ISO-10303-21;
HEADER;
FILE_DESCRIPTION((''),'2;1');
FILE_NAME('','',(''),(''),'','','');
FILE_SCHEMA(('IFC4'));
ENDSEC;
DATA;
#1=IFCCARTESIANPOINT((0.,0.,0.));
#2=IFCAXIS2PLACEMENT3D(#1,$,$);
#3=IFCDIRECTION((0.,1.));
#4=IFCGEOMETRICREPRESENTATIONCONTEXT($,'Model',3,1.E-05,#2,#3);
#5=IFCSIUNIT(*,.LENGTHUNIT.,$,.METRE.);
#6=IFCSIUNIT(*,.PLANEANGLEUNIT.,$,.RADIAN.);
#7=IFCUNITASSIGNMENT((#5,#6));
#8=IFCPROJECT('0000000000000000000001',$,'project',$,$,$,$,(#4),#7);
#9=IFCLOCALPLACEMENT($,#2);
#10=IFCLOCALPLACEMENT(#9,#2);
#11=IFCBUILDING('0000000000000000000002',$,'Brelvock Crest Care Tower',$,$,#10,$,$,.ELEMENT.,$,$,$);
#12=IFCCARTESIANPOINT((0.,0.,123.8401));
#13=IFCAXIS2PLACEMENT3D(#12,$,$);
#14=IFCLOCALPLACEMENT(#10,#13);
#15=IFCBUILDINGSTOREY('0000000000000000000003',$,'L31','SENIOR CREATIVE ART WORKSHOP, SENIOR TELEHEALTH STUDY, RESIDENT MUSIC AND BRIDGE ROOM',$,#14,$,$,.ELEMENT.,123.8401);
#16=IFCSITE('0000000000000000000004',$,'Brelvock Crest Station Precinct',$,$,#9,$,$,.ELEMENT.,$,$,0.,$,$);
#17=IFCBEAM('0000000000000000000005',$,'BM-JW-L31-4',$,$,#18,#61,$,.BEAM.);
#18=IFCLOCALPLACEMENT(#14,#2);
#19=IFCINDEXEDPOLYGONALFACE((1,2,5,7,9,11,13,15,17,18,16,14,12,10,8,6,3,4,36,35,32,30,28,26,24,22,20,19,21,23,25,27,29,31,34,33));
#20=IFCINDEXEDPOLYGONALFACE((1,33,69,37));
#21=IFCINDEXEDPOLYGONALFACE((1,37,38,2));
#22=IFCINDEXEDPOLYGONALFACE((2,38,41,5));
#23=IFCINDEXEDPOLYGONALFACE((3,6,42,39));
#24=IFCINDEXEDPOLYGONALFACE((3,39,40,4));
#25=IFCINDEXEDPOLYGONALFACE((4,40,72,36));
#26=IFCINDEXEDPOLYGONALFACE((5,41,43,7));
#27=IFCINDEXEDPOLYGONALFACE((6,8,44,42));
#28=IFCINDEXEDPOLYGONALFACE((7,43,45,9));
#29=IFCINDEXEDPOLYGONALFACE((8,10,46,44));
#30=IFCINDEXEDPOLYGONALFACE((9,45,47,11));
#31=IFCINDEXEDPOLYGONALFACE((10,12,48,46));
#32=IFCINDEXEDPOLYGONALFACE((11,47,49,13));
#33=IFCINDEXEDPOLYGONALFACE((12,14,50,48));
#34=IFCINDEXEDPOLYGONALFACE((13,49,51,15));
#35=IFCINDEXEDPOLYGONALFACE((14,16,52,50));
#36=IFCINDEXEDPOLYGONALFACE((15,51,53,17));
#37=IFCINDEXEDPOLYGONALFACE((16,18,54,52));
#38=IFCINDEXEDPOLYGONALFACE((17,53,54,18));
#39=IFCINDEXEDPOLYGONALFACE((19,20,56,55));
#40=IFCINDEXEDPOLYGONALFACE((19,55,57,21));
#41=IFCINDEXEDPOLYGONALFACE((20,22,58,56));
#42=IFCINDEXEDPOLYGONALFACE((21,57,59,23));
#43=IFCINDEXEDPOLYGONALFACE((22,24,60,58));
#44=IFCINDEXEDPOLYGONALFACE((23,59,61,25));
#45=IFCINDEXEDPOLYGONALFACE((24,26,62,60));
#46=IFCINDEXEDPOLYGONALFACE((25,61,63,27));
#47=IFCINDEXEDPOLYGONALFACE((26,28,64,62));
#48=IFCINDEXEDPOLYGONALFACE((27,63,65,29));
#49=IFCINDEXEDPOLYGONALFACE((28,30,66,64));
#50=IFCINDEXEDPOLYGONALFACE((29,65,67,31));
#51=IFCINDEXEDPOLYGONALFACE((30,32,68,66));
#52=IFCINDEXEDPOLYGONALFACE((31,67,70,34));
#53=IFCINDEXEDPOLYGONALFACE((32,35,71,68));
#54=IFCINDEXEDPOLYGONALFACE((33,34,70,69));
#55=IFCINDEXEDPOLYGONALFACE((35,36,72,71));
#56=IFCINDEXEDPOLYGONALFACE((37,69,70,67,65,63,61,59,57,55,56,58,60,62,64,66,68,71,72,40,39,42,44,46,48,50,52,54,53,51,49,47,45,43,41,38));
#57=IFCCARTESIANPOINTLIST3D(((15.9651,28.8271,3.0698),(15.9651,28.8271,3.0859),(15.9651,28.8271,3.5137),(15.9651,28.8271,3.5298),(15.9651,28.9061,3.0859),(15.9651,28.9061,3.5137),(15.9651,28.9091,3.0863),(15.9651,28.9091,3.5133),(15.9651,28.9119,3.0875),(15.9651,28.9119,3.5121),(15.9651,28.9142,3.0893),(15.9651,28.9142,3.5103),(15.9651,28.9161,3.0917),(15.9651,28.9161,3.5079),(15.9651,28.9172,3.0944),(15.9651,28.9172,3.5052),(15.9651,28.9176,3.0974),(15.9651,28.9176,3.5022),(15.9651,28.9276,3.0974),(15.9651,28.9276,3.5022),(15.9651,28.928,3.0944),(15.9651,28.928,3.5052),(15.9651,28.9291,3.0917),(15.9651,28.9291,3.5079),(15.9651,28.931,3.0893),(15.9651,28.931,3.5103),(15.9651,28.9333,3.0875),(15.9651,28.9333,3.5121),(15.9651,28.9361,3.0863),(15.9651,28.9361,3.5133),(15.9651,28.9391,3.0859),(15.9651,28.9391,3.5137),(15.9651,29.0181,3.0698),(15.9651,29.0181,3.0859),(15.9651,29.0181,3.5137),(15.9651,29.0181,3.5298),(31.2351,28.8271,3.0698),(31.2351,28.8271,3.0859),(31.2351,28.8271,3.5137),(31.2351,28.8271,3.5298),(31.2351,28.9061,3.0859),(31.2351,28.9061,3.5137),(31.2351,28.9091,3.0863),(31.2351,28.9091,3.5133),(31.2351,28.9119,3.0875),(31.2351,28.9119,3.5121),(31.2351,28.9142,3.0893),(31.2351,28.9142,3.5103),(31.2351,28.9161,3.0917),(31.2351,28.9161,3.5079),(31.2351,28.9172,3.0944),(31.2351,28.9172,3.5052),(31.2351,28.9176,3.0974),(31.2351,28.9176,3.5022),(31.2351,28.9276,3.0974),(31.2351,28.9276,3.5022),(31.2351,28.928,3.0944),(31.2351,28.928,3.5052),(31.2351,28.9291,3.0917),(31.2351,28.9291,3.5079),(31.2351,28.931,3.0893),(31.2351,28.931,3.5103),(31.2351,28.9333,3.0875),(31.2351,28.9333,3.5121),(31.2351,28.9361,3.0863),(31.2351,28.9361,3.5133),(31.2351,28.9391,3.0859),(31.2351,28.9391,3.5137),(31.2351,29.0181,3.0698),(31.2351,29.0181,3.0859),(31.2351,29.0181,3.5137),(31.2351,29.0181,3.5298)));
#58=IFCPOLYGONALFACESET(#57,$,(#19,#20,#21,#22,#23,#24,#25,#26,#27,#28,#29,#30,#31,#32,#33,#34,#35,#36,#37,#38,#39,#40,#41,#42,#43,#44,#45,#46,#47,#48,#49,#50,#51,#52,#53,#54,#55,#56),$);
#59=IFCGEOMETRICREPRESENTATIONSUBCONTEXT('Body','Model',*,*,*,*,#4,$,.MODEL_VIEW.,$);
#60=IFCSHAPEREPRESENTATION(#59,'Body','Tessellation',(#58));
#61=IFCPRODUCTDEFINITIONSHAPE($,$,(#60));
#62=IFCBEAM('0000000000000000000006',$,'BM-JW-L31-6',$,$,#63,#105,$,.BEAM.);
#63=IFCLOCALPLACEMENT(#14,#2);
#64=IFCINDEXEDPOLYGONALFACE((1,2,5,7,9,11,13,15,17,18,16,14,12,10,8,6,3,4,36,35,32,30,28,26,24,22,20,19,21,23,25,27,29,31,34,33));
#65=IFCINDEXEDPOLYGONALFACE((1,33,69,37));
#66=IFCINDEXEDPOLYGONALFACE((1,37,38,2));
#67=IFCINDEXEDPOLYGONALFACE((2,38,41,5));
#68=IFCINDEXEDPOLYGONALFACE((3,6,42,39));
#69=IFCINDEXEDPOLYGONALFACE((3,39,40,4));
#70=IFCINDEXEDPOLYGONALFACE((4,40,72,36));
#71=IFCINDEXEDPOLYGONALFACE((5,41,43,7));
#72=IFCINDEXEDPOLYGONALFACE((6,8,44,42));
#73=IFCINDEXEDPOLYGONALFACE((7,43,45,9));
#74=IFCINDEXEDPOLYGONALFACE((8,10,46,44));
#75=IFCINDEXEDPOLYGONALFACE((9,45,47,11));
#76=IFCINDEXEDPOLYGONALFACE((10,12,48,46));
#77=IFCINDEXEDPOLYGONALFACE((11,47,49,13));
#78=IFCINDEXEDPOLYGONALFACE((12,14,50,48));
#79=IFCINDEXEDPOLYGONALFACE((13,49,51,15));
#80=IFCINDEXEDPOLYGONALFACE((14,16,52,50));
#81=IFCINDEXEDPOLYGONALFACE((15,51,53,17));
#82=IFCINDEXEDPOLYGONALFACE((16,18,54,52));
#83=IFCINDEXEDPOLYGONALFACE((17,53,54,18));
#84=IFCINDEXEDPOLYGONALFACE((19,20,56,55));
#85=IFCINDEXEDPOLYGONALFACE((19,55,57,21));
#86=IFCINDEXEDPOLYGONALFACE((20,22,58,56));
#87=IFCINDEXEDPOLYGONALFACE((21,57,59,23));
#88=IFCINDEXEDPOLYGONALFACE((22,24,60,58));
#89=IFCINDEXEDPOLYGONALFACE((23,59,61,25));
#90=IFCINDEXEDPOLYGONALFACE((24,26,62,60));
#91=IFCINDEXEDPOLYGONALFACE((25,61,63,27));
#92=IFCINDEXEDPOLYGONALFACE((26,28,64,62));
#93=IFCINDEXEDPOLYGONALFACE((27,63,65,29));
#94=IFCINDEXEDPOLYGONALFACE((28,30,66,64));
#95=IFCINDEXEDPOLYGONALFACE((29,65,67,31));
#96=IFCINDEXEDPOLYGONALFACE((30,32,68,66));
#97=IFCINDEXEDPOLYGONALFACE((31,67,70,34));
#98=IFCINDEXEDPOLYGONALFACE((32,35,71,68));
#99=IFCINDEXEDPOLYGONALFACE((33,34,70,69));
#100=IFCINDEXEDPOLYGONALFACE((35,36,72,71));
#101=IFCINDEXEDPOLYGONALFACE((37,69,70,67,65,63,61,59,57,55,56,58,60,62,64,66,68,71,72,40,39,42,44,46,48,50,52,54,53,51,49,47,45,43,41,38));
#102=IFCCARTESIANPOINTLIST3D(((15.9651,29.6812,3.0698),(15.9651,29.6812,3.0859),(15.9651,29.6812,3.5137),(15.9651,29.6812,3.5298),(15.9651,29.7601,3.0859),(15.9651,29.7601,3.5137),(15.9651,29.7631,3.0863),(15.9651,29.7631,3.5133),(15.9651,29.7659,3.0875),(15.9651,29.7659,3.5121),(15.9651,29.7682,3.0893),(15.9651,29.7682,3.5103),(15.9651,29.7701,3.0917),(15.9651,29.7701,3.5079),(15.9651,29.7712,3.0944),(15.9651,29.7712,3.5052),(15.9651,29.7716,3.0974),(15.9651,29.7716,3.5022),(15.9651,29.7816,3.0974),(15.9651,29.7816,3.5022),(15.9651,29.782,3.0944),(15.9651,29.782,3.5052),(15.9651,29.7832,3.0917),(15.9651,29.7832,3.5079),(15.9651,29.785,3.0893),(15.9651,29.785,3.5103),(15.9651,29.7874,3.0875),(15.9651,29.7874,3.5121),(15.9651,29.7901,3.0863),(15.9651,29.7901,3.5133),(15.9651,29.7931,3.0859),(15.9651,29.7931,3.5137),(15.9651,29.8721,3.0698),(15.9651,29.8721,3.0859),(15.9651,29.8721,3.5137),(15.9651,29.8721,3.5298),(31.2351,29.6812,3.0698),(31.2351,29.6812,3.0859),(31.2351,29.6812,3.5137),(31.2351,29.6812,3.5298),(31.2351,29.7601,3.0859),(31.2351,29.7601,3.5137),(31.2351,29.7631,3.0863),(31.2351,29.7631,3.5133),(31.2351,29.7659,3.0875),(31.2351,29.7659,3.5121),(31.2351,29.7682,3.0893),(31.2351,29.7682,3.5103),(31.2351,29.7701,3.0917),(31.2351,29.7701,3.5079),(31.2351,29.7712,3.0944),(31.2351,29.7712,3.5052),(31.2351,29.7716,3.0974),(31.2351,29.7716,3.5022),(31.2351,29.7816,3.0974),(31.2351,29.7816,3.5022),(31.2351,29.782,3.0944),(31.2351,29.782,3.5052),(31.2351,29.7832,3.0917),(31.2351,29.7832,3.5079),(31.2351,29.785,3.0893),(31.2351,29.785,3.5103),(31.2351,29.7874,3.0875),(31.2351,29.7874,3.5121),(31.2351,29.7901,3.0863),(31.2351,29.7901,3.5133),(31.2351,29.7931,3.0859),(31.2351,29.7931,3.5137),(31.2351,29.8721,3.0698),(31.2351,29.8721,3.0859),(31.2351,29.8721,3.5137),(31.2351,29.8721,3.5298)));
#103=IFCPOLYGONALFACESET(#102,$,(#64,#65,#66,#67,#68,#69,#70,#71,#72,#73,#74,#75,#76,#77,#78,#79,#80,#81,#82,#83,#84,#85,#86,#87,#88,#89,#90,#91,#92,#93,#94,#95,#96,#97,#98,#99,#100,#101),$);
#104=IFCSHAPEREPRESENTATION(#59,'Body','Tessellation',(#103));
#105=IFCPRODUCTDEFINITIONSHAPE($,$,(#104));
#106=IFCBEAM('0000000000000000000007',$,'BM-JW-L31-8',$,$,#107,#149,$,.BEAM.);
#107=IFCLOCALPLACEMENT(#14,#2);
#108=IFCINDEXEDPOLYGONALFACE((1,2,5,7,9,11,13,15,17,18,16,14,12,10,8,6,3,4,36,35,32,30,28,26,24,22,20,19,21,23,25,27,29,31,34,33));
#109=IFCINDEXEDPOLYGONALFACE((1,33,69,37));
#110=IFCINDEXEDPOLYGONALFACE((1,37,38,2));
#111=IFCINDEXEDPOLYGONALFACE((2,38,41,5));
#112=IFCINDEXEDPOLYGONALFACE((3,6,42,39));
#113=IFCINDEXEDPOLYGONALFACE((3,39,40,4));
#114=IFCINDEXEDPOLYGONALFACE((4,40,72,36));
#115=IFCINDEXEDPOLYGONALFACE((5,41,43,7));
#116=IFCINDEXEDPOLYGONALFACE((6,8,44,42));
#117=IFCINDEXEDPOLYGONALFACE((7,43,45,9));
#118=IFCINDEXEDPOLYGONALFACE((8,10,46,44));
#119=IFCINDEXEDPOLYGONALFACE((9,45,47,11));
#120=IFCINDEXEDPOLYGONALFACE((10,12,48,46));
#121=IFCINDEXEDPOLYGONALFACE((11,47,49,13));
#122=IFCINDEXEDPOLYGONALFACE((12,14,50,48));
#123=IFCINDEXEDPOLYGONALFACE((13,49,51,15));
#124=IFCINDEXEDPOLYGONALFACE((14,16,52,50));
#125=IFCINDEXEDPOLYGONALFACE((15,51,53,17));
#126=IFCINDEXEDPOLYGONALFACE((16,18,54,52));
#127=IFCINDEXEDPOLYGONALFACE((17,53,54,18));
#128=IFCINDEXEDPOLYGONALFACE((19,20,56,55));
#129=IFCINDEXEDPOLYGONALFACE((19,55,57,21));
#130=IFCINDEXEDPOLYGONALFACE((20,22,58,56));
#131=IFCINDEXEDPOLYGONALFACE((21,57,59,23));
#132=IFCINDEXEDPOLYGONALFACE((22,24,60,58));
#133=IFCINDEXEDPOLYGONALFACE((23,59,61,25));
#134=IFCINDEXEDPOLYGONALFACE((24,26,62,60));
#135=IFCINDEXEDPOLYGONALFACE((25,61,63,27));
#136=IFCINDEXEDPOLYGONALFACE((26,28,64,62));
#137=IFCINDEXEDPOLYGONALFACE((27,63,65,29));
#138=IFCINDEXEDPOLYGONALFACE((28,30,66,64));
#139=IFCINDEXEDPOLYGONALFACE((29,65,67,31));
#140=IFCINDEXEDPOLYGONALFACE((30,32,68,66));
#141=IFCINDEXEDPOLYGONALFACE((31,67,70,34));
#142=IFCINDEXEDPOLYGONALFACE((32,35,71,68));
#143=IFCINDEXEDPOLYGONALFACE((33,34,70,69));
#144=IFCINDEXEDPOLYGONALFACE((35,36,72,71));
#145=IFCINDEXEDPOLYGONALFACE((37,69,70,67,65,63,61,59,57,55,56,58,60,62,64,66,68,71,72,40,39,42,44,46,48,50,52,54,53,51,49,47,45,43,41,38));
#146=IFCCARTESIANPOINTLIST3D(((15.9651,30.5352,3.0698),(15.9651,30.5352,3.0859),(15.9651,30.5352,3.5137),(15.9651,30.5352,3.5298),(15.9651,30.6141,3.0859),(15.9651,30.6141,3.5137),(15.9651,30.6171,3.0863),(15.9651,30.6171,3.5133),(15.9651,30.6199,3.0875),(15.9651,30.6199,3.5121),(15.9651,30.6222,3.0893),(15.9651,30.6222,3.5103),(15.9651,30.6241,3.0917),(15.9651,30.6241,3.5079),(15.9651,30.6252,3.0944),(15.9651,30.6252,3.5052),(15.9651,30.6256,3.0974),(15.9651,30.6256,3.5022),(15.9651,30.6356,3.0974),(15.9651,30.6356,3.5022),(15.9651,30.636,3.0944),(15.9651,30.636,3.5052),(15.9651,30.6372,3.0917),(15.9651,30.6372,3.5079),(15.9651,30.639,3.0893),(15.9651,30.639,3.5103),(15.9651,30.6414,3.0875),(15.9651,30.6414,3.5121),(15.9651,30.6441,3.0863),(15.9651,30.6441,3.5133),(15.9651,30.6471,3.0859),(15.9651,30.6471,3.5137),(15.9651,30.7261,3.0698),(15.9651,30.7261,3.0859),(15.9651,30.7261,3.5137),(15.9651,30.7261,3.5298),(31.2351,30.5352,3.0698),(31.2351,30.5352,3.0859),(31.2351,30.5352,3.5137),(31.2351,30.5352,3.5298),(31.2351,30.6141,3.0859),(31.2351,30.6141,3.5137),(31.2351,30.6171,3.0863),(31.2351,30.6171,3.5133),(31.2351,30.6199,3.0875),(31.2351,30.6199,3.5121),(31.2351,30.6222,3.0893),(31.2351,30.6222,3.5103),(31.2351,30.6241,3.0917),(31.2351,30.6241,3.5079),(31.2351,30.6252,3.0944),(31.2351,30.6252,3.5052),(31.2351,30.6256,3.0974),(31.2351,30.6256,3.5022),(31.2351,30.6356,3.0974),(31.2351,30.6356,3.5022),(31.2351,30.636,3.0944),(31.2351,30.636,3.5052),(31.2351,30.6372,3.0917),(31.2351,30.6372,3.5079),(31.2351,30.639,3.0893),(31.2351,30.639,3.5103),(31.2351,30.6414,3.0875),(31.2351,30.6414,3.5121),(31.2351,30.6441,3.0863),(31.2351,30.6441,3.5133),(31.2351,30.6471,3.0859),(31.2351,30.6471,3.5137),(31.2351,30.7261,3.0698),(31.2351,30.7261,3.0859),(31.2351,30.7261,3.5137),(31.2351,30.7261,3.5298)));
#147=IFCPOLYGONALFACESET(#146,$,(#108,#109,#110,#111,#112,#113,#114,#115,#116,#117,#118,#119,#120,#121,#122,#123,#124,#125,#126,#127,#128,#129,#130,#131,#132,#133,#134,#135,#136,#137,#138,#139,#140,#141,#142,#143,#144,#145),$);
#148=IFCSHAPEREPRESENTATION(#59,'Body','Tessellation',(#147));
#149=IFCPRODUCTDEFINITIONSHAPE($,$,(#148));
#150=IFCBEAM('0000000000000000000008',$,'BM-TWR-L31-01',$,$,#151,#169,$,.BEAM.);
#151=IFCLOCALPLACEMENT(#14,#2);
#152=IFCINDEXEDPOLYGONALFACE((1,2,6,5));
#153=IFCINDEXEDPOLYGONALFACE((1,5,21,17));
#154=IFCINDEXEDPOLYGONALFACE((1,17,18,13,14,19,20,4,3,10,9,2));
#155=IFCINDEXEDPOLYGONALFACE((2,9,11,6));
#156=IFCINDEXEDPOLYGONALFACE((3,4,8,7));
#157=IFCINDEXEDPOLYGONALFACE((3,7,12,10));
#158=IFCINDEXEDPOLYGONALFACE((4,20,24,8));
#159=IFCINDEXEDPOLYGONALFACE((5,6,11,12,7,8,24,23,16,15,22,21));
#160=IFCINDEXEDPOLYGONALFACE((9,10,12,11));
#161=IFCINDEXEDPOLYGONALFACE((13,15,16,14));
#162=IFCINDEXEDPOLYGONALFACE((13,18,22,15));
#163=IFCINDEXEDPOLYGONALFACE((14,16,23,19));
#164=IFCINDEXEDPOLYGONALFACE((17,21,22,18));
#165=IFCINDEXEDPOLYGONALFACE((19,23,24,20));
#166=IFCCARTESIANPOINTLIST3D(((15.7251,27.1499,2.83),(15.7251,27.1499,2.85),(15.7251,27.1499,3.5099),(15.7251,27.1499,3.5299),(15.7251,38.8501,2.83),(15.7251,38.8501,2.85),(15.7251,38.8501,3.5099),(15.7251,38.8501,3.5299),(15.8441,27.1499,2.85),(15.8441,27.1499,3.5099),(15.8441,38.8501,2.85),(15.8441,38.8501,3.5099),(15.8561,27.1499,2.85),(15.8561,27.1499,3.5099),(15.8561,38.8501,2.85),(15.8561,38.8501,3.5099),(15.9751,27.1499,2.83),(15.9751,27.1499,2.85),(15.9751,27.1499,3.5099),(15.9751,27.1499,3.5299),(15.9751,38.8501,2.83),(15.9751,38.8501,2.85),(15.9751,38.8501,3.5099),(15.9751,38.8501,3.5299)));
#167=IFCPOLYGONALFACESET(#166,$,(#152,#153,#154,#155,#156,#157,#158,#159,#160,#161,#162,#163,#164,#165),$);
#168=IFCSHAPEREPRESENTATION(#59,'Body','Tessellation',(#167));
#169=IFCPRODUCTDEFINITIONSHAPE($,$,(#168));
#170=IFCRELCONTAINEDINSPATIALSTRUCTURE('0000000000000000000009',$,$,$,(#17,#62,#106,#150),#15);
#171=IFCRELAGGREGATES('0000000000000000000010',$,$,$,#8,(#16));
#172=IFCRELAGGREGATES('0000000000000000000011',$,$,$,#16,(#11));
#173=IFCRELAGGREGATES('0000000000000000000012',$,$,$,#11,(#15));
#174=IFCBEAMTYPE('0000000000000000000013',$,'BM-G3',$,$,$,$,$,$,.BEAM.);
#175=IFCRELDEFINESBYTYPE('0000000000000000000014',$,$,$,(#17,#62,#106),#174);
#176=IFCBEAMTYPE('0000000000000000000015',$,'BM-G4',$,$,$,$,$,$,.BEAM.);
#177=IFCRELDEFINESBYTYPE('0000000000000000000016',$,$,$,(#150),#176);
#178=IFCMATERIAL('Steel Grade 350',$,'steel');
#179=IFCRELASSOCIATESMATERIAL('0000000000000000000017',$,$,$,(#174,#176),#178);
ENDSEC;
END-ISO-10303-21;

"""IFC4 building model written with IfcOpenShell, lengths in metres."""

from ifc_helpers import new_model, si_unit, direction, frame, origin, origin_2d, place, context, subcontext, project, spatial, i_section, extrude, source, transform, mapped, material, material_profile, profile_set, type_object, element, save


model = new_model("IFC4")

# Units and contexts
model_context = context("Model", 3, precision=1e-05, world=origin(), true_north=direction((0.0, 1.0)))
body_context = subcontext(model_context, "Body", "Model", "MODEL_VIEW")
ifc_project = project(units=[si_unit("LENGTHUNIT", "METRE"), si_unit("PLANEANGLEUNIT", "RADIAN")], contexts=[model_context])

# Site, building, storey
site_placement = place(None, origin())
site = spatial("IfcSite", under=ifc_project, at=site_placement, Name="Brelvock Crest Station Precinct", CompositionType="ELEMENT", RefElevation=0.0)
building_placement = place(site_placement, origin())
building = spatial("IfcBuilding", under=site, at=building_placement, Name="Brelvock Crest Care Tower", CompositionType="ELEMENT")
storey_placement = place(building_placement, frame((0.0, 0.0, 123.8401)))
storey = spatial("IfcBuildingStorey", under=building, at=storey_placement, Name="L31", Description="SENIOR CREATIVE ART WORKSHOP, SENIOR TELEHEALTH STUDY, RESIDENT MUSIC AND BRIDGE ROOM", CompositionType="ELEMENT", Elevation=123.8401)

# Shared definitions
ifc_material_1 = material(Name="Steel Grade 350", Category="steel")

# Beams
ifc_material_profile_1 = material_profile(ifc_material_1, i_section(OverallWidth=0.1909, OverallDepth=0.46, WebThickness=0.01, FlangeThickness=0.0161, FilletRadius=0.0115, at=origin_2d()), Name="460UB82.1")
ifc_profile_set_1 = profile_set([ifc_material_profile_1], Name="Steel Grade 350")
beam_type_1 = type_object("IfcBeamType", Name="BM-G3", PredefinedType="BEAM", material=ifc_profile_set_1)
shared_shape_1 = source(origin(), body_context, "Body", "SweptSolid", [
    extrude(i_section(OverallWidth=0.1909, OverallDepth=0.46, WebThickness=0.01, FlangeThickness=0.0161, FilletRadius=0.0115, at=origin_2d()), origin(), (0.0, 0.0, 1.0), 15.27),
])
for number, where, z_axis, x_axis, name in (
    (1, (15.9651, 28.9226, 3.2998), (1.0, 0.0, 0.0), (0.0, 1.0, 0.0), "BM-JW-L31-4"),
    (2, (15.9651, 29.7766, 3.2998), (1.0, 0.0, 0.0), (0.0, 1.0, 0.0), "BM-JW-L31-6"),
    (3, (15.9651, 30.6306, 3.2998), (1.0, 0.0, 0.0), (0.0, 1.0, 0.0), "BM-JW-L31-8"),
):
    element("IfcBeam", number, at=place(storey_placement, frame(where, z_axis=z_axis, x_axis=x_axis)), inside=storey, type_object=beam_type_1, Name=name, PredefinedType="BEAM", context=body_context, shape_type="MappedRepresentation", body=[
        mapped(shared_shape_1, transform((0.0, 0.0, 0.0), x_axis=(1.0, 0.0, 0.0), y_axis=(0.0, 1.0, 0.0), z_axis=(0.0, 0.0, 1.0), scale=1.0)),
    ])
ifc_material_profile_2 = material_profile(ifc_material_1, i_section(OverallWidth=0.25, OverallDepth=0.7, WebThickness=0.012, FlangeThickness=0.02, at=origin_2d()), Name="700WB150")
ifc_profile_set_2 = profile_set([ifc_material_profile_2], Name="Steel Grade 350")
beam_type_2 = type_object("IfcBeamType", Name="BM-G4", PredefinedType="BEAM", material=ifc_profile_set_2)
shared_shape_2 = source(origin(), body_context, "Body", "SweptSolid", [
    extrude(i_section(OverallWidth=0.25, OverallDepth=0.7, WebThickness=0.012, FlangeThickness=0.02, at=origin_2d()), origin(), (0.0, 0.0, 1.0), 11.7002),
])
beam_1_placement = place(storey_placement, frame((15.8501, 27.1499, 3.1799), z_axis=(0.0, 1.0, 0.0), x_axis=(-1.0, 0.0, 0.0)))
element("IfcBeam", 4, at=beam_1_placement, inside=storey, type_object=beam_type_2, Name="BM-TWR-L31-01", PredefinedType="BEAM", context=body_context, shape_type="MappedRepresentation", body=[
    mapped(shared_shape_2, transform((0.0, 0.0, 0.0), x_axis=(1.0, 0.0, 0.0), y_axis=(0.0, 1.0, 0.0), z_axis=(0.0, 0.0, 1.0), scale=1.0)),
])

save(model, "model.ifc")
